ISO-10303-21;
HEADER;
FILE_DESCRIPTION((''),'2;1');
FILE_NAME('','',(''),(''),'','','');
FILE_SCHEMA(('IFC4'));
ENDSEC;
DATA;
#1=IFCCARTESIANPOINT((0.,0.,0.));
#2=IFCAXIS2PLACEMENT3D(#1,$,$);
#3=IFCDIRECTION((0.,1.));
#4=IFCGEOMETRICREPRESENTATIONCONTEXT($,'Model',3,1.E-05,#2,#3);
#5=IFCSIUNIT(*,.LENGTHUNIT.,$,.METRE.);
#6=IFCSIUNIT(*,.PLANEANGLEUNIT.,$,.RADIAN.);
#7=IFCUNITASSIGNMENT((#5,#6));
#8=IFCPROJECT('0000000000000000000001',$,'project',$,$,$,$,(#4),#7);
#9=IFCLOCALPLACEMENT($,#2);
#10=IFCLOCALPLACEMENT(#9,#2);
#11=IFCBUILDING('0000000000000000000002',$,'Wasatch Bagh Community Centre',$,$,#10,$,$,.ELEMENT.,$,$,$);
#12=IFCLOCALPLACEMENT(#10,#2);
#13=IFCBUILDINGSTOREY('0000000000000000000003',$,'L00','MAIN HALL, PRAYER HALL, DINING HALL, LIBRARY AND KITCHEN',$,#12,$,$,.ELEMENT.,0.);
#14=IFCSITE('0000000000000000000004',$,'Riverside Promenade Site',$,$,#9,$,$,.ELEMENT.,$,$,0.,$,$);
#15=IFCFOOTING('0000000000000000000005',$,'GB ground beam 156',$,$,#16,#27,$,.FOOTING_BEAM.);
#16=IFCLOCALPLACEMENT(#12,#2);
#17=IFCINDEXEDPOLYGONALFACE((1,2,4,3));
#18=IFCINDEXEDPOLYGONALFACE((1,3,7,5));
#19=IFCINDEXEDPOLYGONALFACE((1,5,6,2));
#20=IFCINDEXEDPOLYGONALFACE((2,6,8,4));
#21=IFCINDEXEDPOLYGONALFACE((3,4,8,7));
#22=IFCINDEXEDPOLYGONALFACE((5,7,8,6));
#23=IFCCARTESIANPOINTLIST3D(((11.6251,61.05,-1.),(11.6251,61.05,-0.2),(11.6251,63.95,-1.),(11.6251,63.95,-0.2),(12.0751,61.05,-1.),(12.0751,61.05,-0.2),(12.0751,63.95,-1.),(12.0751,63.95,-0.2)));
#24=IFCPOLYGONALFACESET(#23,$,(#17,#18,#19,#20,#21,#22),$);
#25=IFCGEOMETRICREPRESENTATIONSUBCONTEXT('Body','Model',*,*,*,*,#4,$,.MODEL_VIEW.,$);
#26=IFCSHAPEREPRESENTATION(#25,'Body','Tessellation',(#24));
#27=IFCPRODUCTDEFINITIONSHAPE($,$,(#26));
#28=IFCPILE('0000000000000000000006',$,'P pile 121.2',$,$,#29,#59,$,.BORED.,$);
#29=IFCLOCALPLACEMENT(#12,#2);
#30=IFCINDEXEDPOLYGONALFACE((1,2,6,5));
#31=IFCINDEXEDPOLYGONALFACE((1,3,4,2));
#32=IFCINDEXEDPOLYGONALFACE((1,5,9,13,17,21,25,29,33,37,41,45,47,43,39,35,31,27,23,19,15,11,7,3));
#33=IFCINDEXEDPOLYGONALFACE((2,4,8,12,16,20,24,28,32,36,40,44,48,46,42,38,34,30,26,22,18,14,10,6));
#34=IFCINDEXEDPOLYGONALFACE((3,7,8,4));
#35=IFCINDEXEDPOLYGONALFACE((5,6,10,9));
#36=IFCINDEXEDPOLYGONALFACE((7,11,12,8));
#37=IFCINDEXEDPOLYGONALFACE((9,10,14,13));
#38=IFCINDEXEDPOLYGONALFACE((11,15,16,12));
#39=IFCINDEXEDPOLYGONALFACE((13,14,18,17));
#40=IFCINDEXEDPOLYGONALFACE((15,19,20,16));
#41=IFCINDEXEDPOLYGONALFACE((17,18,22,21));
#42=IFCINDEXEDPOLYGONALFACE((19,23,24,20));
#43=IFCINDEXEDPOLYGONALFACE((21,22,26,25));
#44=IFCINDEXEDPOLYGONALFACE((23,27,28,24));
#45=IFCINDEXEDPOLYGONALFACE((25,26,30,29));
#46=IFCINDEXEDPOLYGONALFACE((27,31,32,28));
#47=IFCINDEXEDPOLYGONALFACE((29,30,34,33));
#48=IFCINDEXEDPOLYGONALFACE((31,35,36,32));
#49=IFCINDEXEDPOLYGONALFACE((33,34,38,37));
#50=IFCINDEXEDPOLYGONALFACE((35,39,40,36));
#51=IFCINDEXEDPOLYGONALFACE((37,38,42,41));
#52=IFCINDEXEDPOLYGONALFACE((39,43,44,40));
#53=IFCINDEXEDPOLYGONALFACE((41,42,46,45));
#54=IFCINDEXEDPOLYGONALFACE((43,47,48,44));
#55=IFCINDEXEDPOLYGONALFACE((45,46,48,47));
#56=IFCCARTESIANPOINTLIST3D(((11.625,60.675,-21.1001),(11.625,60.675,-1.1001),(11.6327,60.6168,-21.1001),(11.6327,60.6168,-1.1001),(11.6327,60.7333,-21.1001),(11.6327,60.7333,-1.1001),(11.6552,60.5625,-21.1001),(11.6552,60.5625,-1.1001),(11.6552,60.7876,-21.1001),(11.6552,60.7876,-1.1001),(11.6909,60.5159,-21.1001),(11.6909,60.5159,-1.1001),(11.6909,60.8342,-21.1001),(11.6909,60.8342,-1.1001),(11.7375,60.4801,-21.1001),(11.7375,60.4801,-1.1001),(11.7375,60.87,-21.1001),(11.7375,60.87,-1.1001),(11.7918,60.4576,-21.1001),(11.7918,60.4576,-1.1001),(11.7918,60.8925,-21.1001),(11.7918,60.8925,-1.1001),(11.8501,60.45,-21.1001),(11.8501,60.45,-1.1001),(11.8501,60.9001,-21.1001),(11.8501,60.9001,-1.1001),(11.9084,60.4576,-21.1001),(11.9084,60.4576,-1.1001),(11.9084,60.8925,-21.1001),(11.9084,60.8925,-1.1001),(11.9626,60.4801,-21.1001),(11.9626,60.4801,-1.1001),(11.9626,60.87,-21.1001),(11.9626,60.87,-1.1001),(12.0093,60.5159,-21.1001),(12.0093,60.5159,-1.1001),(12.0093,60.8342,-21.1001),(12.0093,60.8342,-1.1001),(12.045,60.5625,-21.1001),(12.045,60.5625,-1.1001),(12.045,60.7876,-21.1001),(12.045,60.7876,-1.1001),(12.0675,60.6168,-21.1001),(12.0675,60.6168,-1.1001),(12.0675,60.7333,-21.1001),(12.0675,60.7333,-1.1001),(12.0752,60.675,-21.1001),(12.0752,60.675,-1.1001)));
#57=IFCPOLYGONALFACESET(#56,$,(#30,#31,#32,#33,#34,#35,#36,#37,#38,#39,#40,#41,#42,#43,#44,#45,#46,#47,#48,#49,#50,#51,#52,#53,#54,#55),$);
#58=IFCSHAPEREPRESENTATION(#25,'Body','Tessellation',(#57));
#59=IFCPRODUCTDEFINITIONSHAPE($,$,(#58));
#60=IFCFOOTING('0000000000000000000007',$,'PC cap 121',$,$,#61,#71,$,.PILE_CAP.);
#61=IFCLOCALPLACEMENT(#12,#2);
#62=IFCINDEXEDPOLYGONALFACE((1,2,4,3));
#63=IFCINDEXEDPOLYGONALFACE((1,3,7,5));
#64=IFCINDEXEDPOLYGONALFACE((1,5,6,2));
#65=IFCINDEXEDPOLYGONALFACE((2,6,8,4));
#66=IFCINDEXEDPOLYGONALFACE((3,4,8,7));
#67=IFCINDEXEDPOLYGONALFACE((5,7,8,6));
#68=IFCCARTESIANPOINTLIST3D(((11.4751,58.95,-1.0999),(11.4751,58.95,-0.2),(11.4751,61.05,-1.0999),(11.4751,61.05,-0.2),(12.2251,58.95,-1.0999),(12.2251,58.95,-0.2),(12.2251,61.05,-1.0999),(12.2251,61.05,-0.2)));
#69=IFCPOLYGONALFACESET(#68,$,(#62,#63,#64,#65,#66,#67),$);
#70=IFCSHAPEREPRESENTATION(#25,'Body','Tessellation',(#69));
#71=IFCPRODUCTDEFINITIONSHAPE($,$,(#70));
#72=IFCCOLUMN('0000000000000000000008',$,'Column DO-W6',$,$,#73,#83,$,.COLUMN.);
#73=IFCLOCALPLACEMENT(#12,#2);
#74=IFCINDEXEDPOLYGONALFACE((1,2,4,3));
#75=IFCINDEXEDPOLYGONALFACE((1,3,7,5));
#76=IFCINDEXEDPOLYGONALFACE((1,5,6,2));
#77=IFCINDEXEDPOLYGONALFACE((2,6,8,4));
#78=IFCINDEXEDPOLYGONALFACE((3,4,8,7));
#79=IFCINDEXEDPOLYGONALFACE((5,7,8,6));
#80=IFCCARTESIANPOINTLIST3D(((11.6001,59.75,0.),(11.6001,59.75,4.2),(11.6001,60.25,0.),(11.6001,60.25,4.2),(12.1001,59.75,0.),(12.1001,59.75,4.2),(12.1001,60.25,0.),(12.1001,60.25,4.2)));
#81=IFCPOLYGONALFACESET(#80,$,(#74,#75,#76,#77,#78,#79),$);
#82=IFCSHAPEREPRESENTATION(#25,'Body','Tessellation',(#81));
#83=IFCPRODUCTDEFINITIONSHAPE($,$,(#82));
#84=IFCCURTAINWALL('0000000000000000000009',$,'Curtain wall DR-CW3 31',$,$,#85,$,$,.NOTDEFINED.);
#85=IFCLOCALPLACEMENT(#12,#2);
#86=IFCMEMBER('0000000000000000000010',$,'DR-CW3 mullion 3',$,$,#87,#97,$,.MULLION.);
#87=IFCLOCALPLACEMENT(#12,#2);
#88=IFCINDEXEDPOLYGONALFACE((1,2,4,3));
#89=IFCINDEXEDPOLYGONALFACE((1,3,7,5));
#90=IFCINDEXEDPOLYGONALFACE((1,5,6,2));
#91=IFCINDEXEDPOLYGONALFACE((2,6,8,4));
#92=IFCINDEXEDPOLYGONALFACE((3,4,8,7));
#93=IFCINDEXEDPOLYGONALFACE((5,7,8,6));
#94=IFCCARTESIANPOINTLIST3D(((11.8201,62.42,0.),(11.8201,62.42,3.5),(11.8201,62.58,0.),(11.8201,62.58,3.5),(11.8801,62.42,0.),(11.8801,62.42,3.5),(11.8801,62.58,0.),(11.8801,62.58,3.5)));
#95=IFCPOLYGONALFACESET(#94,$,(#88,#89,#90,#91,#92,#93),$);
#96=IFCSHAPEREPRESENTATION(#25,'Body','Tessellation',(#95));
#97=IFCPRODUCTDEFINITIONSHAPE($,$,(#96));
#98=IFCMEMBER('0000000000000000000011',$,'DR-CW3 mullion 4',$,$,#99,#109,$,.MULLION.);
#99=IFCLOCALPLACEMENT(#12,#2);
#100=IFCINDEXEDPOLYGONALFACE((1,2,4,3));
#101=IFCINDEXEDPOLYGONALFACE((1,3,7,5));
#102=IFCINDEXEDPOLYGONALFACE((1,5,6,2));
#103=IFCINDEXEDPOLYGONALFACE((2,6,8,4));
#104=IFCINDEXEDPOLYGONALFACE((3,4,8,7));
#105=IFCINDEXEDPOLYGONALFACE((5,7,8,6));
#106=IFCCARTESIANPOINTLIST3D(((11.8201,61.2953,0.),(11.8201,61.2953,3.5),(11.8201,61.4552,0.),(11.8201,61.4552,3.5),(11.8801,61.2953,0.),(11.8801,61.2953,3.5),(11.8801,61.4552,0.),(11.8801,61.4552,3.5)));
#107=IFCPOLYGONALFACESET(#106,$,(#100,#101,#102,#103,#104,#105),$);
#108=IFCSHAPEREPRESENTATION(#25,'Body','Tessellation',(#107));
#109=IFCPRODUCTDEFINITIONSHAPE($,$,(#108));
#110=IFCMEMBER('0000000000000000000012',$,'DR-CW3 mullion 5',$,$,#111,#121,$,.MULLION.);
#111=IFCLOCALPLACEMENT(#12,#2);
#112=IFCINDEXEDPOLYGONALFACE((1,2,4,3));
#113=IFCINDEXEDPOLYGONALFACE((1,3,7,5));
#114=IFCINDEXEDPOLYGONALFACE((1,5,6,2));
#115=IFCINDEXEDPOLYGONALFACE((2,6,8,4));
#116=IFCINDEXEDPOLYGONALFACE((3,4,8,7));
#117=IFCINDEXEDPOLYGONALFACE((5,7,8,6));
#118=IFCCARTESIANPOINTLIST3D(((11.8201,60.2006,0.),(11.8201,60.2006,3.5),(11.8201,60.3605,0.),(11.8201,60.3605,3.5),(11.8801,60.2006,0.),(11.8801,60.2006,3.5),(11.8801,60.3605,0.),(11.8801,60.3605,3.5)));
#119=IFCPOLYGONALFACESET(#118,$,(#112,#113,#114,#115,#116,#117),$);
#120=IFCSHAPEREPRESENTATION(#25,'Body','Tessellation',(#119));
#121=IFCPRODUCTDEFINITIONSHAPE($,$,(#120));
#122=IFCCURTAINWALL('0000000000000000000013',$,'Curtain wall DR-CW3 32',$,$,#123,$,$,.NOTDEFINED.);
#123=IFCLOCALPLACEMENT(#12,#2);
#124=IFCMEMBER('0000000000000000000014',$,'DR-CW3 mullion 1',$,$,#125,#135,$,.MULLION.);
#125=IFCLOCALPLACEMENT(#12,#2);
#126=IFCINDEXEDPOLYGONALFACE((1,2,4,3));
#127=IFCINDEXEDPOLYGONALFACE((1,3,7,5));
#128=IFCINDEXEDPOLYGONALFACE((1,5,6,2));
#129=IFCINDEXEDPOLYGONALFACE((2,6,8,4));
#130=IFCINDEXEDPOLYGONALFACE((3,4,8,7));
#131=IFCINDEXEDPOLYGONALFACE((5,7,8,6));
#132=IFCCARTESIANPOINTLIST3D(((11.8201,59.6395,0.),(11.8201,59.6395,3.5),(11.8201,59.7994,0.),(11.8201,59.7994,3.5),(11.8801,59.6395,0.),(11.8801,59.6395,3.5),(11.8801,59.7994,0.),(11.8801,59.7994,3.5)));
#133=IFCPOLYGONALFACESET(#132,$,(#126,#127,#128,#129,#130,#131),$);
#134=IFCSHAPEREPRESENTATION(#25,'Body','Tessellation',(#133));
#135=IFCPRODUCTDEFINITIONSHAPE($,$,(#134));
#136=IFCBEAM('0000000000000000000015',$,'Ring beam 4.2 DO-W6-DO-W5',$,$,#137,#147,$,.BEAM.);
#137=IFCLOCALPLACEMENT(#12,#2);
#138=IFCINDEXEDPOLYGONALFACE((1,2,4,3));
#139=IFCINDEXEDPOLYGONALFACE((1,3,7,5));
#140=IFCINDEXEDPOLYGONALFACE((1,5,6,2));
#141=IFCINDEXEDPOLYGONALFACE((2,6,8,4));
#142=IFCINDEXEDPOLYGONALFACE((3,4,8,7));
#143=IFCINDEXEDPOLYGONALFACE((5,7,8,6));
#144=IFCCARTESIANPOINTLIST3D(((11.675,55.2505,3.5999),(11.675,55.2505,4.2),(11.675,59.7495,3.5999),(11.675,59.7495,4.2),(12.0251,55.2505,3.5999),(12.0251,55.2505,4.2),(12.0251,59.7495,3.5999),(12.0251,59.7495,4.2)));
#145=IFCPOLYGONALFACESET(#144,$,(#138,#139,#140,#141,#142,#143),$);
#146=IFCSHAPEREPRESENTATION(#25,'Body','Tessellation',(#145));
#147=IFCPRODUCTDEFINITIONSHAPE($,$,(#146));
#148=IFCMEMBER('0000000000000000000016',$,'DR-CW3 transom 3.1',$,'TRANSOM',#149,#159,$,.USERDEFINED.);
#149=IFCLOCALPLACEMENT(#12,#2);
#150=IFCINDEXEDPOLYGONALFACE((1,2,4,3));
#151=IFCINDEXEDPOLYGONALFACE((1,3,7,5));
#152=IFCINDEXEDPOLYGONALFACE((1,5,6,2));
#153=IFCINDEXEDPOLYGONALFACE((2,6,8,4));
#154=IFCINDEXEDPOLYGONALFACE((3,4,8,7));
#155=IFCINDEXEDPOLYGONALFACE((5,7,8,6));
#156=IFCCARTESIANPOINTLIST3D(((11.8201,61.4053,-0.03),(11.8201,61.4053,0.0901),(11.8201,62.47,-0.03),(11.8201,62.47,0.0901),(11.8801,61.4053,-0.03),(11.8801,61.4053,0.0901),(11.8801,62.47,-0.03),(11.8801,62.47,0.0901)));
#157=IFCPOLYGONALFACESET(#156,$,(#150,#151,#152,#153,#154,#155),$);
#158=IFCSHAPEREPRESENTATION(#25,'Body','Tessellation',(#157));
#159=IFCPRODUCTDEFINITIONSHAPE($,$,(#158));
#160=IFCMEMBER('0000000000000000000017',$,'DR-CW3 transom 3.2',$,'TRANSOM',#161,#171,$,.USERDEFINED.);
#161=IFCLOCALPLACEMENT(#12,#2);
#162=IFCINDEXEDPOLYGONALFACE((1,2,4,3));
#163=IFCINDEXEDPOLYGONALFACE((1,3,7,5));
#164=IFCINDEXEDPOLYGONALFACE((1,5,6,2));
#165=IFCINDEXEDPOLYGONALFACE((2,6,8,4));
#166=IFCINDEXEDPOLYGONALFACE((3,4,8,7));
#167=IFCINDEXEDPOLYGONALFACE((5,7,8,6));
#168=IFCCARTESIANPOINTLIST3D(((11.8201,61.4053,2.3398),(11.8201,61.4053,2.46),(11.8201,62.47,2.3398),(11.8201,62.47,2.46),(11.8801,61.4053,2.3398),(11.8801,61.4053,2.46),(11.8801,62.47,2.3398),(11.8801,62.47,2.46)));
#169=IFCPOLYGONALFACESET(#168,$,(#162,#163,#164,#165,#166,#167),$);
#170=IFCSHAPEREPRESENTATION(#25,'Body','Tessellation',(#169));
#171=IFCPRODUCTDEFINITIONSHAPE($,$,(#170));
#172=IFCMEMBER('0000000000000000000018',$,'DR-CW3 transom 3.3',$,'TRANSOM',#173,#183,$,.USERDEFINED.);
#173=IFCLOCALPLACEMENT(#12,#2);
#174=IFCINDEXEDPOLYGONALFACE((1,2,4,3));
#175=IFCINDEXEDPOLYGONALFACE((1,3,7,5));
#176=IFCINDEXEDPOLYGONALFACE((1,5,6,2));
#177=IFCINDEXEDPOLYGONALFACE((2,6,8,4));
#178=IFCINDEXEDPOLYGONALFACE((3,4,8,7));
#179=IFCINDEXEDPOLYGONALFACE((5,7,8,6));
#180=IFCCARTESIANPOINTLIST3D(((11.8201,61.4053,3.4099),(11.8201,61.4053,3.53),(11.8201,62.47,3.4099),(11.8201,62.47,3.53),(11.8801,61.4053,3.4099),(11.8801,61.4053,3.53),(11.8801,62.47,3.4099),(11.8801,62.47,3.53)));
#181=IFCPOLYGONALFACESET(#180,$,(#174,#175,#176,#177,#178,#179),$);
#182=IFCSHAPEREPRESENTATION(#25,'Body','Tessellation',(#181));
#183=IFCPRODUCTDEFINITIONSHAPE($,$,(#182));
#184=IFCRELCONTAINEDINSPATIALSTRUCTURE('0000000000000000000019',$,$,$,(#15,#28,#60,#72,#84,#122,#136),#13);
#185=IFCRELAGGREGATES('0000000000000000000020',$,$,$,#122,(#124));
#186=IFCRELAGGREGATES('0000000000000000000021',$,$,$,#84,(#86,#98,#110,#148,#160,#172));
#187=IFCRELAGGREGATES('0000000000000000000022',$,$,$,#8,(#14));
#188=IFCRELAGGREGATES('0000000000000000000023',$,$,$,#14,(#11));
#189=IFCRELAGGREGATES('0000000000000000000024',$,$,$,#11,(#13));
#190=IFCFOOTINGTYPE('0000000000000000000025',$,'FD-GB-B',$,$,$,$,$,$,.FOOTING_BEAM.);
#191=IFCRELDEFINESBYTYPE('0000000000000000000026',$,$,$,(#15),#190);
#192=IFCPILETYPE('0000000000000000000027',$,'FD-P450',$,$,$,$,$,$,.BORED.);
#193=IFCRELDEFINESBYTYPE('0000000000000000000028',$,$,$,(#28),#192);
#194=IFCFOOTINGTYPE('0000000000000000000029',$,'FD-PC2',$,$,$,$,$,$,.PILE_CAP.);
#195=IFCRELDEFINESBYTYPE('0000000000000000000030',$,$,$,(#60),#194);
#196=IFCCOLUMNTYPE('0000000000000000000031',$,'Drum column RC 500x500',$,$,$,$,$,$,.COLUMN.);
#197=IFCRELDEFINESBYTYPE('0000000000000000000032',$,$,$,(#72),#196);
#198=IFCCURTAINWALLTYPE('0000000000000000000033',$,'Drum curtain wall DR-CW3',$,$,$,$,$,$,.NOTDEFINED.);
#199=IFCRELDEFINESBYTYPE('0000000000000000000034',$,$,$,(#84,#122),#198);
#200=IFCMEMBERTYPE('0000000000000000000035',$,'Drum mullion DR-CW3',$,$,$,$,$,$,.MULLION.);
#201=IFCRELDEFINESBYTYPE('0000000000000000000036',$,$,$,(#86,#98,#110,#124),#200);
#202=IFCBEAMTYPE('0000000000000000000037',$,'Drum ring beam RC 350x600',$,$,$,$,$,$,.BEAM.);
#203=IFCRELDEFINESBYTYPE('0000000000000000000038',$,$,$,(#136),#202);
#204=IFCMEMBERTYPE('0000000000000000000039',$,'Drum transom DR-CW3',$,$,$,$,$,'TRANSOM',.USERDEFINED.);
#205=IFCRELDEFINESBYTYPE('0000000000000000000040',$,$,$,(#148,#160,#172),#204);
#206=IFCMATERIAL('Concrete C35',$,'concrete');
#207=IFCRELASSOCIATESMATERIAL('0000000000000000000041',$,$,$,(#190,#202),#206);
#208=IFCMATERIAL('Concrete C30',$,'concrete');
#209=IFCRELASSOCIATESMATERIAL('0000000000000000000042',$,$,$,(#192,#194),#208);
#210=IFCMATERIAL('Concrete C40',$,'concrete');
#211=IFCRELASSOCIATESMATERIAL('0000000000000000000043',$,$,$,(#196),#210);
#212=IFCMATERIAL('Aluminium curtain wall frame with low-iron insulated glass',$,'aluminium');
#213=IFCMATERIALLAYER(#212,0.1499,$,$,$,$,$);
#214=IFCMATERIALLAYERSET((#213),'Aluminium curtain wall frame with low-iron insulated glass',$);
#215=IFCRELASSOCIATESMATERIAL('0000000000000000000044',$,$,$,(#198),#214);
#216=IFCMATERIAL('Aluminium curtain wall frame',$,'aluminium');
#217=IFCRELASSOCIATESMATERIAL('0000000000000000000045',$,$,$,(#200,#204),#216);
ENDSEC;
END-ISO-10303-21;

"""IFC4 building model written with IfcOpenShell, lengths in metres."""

from ifc_helpers import new_model, si_unit, direction, frame, origin, origin_2d, place, context, subcontext, project, spatial, rectangle, circle, extrude, material, layer, layer_set, material_profile, profile_set, type_object, element, aggregate, save


model = new_model("IFC4")

# Units and contexts
model_context = context("Model", 3, precision=1e-05, world=origin(), true_north=direction((0.0, 1.0)))
body_context = subcontext(model_context, "Body", "Model", "MODEL_VIEW")
ifc_project = project(units=[si_unit("LENGTHUNIT", "METRE"), si_unit("PLANEANGLEUNIT", "RADIAN")], contexts=[model_context])

# Site, building, storey
site_placement = place(None, origin())
site = spatial("IfcSite", under=ifc_project, at=site_placement, Name="Riverside Promenade Site", CompositionType="ELEMENT", RefElevation=0.0)
building_placement = place(site_placement, origin())
building = spatial("IfcBuilding", under=site, at=building_placement, Name="Wasatch Bagh Community Centre", CompositionType="ELEMENT")
storey_placement = place(building_placement, origin())
storey = spatial("IfcBuildingStorey", under=building, at=storey_placement, Name="L00", Description="MAIN HALL, PRAYER HALL, DINING HALL, LIBRARY AND KITCHEN", CompositionType="ELEMENT", Elevation=0.0)

# Footing
ifc_material_1 = material(Name="Concrete C35", Category="concrete")
footing_type_1 = type_object("IfcFootingType", Name="FD-GB-B", PredefinedType="FOOTING_BEAM", material=ifc_material_1)
footing_1_placement = place(storey_placement, frame((11.8501, 62.5, -1.0), z_axis=(0.0, 0.0, 1.0), x_axis=(0.0, 1.0, 0.0)))
element("IfcFooting", 1, at=footing_1_placement, inside=storey, type_object=footing_type_1, Name="GB ground beam 156", PredefinedType="FOOTING_BEAM", context=body_context, shape_type="SweptSolid", body=[
    extrude(rectangle(XDim=2.8999, YDim=0.45, at=origin_2d()), origin(), (0.0, 0.0, 1.0), 0.8),
])

# Pile
ifc_material_2 = material(Name="Concrete C30", Category="concrete")
ifc_material_profile_1 = material_profile(ifc_material_2, circle(Radius=0.2251, at=origin_2d()), Name="RC D450")
ifc_profile_set_1 = profile_set([ifc_material_profile_1], Name="Concrete C30")
pile_type = type_object("IfcPileType", Name="FD-P450", PredefinedType="BORED", material=ifc_profile_set_1)
pile_placement = place(storey_placement, frame((11.8501, 60.675, -1.1001), z_axis=(0.0, 0.0, -1.0), x_axis=(1.0, 0.0, 0.0)))
element("IfcPile", 2, at=pile_placement, inside=storey, type_object=pile_type, Name="P pile 121.2", PredefinedType="BORED", context=body_context, shape_type="SweptSolid", body=[
    extrude(circle(Radius=0.2251, at=origin_2d()), origin(), (0.0, 0.0, 1.0), 20.0),
])

# Footing
footing_type_2 = type_object("IfcFootingType", Name="FD-PC2", PredefinedType="PILE_CAP", material=ifc_material_2)
footing_2_placement = place(storey_placement, frame((11.8501, 60.0, -1.0999), z_axis=(0.0, 0.0, 1.0), x_axis=(0.0, 1.0, 0.0)))
element("IfcFooting", 3, at=footing_2_placement, inside=storey, type_object=footing_type_2, Name="PC cap 121", PredefinedType="PILE_CAP", context=body_context, shape_type="SweptSolid", body=[
    extrude(rectangle(XDim=2.1001, YDim=0.75, at=origin_2d()), origin(), (0.0, 0.0, 1.0), 0.8999),
])

# Column
ifc_material_3 = material(Name="Concrete C40", Category="concrete")
ifc_material_profile_2 = material_profile(ifc_material_3, rectangle(XDim=0.5, YDim=0.5, at=origin_2d()), Name="RC 500x500")
ifc_profile_set_2 = profile_set([ifc_material_profile_2], Name="Concrete C40")
column_type = type_object("IfcColumnType", Name="Drum column RC 500x500", PredefinedType="COLUMN", material=ifc_profile_set_2)
column_placement = place(storey_placement, frame((11.8501, 60.0, 0.0), z_axis=(0.0, 0.0, 1.0), x_axis=(1.0, 0.0, 0.0)))
element("IfcColumn", 4, at=column_placement, inside=storey, type_object=column_type, Name="Column DO-W6", PredefinedType="COLUMN", context=body_context, shape_type="SweptSolid", body=[
    extrude(rectangle(XDim=0.5, YDim=0.5, at=origin_2d()), origin(), (0.0, 0.0, 1.0), 4.2),
])

# Curtain wall, members
ifc_material_4 = material(Name="Aluminium curtain wall frame with low-iron insulated glass", Category="aluminium")
ifc_layer_1 = layer(ifc_material_4, 0.1499)
ifc_layer_set_1 = layer_set([ifc_layer_1], Name="Aluminium curtain wall frame with low-iron insulated glass")
curtain_wall_type = type_object("IfcCurtainWallType", Name="Drum curtain wall DR-CW3", PredefinedType="NOTDEFINED", material=ifc_layer_set_1)
curtain_wall_1_placement = place(storey_placement, origin())
curtain_wall_1 = element("IfcCurtainWall", 5, at=curtain_wall_1_placement, inside=storey, type_object=curtain_wall_type, Name="Curtain wall DR-CW3 31", PredefinedType="NOTDEFINED")
ifc_material_5 = material(Name="Aluminium curtain wall frame", Category="aluminium")
ifc_material_profile_3 = material_profile(ifc_material_5, rectangle(XDim=0.0601, YDim=0.1599, at=origin_2d()), Name="Drum mullion DR-CW3")
ifc_profile_set_3 = profile_set([ifc_material_profile_3], Name="Aluminium curtain wall frame")
member_type_1 = type_object("IfcMemberType", Name="Drum mullion DR-CW3", PredefinedType="MULLION", material=ifc_profile_set_3)
member_1_placement = place(storey_placement, frame((11.8501, 62.5, 0.0), z_axis=(0.0, 0.0, 1.0), x_axis=(1.0, 0.0, 0.0)))
member_1 = element("IfcMember", 6, at=member_1_placement, type_object=member_type_1, Name="DR-CW3 mullion 3", PredefinedType="MULLION", context=body_context, shape_type="SweptSolid", body=[
    extrude(rectangle(XDim=0.0601, YDim=0.1599, at=origin_2d()), origin(), (0.0, 0.0, 1.0), 3.5),
])
member_2_placement = place(storey_placement, frame((11.8501, 61.3752, 0.0), z_axis=(0.0, 0.0, 1.0), x_axis=(1.0, 0.0, 0.0)))
member_2 = element("IfcMember", 7, at=member_2_placement, type_object=member_type_1, Name="DR-CW3 mullion 4", PredefinedType="MULLION", context=body_context, shape_type="SweptSolid", body=[
    extrude(rectangle(XDim=0.0601, YDim=0.1599, at=origin_2d()), origin(), (0.0, 0.0, 1.0), 3.5),
])
member_3_placement = place(storey_placement, frame((11.8501, 60.2805, 0.0), z_axis=(0.0, 0.0, 1.0), x_axis=(1.0, 0.0, 0.0)))
member_3 = element("IfcMember", 8, at=member_3_placement, type_object=member_type_1, Name="DR-CW3 mullion 5", PredefinedType="MULLION", context=body_context, shape_type="SweptSolid", body=[
    extrude(rectangle(XDim=0.0601, YDim=0.1599, at=origin_2d()), origin(), (0.0, 0.0, 1.0), 3.5),
])

# Curtain wall, member
curtain_wall_2_placement = place(storey_placement, origin())
curtain_wall_2 = element("IfcCurtainWall", 9, at=curtain_wall_2_placement, inside=storey, type_object=curtain_wall_type, Name="Curtain wall DR-CW3 32", PredefinedType="NOTDEFINED")
member_4_placement = place(storey_placement, frame((11.8501, 59.7195, 0.0), z_axis=(0.0, 0.0, 1.0), x_axis=(1.0, 0.0, 0.0)))
member_4 = element("IfcMember", 10, at=member_4_placement, type_object=member_type_1, Name="DR-CW3 mullion 1", PredefinedType="MULLION", context=body_context, shape_type="SweptSolid", body=[
    extrude(rectangle(XDim=0.0601, YDim=0.1599, at=origin_2d()), origin(), (0.0, 0.0, 1.0), 3.5),
])

# Beam
ifc_material_profile_4 = material_profile(ifc_material_1, rectangle(XDim=0.3501, YDim=0.6001, at=origin_2d()), Name="RC 350x600")
ifc_profile_set_4 = profile_set([ifc_material_profile_4], Name="Concrete C35")
beam_type = type_object("IfcBeamType", Name="Drum ring beam RC 350x600", PredefinedType="BEAM", material=ifc_profile_set_4)
beam_placement = place(storey_placement, frame((11.8501, 59.7495, 3.8999), z_axis=(0.0, -1.0, 0.0), x_axis=(1.0, 0.0, 0.0)))
element("IfcBeam", 11, at=beam_placement, inside=storey, type_object=beam_type, Name="Ring beam 4.2 DO-W6-DO-W5", PredefinedType="BEAM", context=body_context, shape_type="SweptSolid", body=[
    extrude(rectangle(XDim=0.3501, YDim=0.6001, at=origin_2d()), origin(), (0.0, 0.0, 1.0), 4.499),
])

# Members
ifc_material_profile_5 = material_profile(ifc_material_5, rectangle(XDim=0.0601, YDim=0.1201, at=origin_2d()), Name="Drum transom DR-CW3")
ifc_profile_set_5 = profile_set([ifc_material_profile_5], Name="Aluminium curtain wall frame")
member_type_2 = type_object("IfcMemberType", Name="Drum transom DR-CW3", ElementType="TRANSOM", PredefinedType="USERDEFINED", material=ifc_profile_set_5)
member_5_placement = place(storey_placement, frame((11.8501, 62.47, 0.03), z_axis=(0.0, -1.0, 0.0), x_axis=(1.0, 0.0, 0.0)))
member_5 = element("IfcMember", 12, at=member_5_placement, type_object=member_type_2, Name="DR-CW3 transom 3.1", ObjectType="TRANSOM", PredefinedType="USERDEFINED", context=body_context, shape_type="SweptSolid", body=[
    extrude(rectangle(XDim=0.0601, YDim=0.1201, at=origin_2d()), origin(), (0.0, 0.0, 1.0), 1.0647),
])
member_6_placement = place(storey_placement, frame((11.8501, 62.47, 2.3999), z_axis=(0.0, -1.0, 0.0), x_axis=(1.0, 0.0, 0.0)))
member_6 = element("IfcMember", 13, at=member_6_placement, type_object=member_type_2, Name="DR-CW3 transom 3.2", ObjectType="TRANSOM", PredefinedType="USERDEFINED", context=body_context, shape_type="SweptSolid", body=[
    extrude(rectangle(XDim=0.0601, YDim=0.1201, at=origin_2d()), origin(), (0.0, 0.0, 1.0), 1.0647),
])
member_7_placement = place(storey_placement, frame((11.8501, 62.47, 3.47), z_axis=(0.0, -1.0, 0.0), x_axis=(1.0, 0.0, 0.0)))
member_7 = element("IfcMember", 14, at=member_7_placement, type_object=member_type_2, Name="DR-CW3 transom 3.3", ObjectType="TRANSOM", PredefinedType="USERDEFINED", context=body_context, shape_type="SweptSolid", body=[
    extrude(rectangle(XDim=0.0601, YDim=0.1201, at=origin_2d()), origin(), (0.0, 0.0, 1.0), 1.0647),
])
aggregate(curtain_wall_2, [member_4])

aggregate(curtain_wall_1, [member_1, member_2, member_3, member_5, member_6, member_7])

save(model, "model.ifc")
